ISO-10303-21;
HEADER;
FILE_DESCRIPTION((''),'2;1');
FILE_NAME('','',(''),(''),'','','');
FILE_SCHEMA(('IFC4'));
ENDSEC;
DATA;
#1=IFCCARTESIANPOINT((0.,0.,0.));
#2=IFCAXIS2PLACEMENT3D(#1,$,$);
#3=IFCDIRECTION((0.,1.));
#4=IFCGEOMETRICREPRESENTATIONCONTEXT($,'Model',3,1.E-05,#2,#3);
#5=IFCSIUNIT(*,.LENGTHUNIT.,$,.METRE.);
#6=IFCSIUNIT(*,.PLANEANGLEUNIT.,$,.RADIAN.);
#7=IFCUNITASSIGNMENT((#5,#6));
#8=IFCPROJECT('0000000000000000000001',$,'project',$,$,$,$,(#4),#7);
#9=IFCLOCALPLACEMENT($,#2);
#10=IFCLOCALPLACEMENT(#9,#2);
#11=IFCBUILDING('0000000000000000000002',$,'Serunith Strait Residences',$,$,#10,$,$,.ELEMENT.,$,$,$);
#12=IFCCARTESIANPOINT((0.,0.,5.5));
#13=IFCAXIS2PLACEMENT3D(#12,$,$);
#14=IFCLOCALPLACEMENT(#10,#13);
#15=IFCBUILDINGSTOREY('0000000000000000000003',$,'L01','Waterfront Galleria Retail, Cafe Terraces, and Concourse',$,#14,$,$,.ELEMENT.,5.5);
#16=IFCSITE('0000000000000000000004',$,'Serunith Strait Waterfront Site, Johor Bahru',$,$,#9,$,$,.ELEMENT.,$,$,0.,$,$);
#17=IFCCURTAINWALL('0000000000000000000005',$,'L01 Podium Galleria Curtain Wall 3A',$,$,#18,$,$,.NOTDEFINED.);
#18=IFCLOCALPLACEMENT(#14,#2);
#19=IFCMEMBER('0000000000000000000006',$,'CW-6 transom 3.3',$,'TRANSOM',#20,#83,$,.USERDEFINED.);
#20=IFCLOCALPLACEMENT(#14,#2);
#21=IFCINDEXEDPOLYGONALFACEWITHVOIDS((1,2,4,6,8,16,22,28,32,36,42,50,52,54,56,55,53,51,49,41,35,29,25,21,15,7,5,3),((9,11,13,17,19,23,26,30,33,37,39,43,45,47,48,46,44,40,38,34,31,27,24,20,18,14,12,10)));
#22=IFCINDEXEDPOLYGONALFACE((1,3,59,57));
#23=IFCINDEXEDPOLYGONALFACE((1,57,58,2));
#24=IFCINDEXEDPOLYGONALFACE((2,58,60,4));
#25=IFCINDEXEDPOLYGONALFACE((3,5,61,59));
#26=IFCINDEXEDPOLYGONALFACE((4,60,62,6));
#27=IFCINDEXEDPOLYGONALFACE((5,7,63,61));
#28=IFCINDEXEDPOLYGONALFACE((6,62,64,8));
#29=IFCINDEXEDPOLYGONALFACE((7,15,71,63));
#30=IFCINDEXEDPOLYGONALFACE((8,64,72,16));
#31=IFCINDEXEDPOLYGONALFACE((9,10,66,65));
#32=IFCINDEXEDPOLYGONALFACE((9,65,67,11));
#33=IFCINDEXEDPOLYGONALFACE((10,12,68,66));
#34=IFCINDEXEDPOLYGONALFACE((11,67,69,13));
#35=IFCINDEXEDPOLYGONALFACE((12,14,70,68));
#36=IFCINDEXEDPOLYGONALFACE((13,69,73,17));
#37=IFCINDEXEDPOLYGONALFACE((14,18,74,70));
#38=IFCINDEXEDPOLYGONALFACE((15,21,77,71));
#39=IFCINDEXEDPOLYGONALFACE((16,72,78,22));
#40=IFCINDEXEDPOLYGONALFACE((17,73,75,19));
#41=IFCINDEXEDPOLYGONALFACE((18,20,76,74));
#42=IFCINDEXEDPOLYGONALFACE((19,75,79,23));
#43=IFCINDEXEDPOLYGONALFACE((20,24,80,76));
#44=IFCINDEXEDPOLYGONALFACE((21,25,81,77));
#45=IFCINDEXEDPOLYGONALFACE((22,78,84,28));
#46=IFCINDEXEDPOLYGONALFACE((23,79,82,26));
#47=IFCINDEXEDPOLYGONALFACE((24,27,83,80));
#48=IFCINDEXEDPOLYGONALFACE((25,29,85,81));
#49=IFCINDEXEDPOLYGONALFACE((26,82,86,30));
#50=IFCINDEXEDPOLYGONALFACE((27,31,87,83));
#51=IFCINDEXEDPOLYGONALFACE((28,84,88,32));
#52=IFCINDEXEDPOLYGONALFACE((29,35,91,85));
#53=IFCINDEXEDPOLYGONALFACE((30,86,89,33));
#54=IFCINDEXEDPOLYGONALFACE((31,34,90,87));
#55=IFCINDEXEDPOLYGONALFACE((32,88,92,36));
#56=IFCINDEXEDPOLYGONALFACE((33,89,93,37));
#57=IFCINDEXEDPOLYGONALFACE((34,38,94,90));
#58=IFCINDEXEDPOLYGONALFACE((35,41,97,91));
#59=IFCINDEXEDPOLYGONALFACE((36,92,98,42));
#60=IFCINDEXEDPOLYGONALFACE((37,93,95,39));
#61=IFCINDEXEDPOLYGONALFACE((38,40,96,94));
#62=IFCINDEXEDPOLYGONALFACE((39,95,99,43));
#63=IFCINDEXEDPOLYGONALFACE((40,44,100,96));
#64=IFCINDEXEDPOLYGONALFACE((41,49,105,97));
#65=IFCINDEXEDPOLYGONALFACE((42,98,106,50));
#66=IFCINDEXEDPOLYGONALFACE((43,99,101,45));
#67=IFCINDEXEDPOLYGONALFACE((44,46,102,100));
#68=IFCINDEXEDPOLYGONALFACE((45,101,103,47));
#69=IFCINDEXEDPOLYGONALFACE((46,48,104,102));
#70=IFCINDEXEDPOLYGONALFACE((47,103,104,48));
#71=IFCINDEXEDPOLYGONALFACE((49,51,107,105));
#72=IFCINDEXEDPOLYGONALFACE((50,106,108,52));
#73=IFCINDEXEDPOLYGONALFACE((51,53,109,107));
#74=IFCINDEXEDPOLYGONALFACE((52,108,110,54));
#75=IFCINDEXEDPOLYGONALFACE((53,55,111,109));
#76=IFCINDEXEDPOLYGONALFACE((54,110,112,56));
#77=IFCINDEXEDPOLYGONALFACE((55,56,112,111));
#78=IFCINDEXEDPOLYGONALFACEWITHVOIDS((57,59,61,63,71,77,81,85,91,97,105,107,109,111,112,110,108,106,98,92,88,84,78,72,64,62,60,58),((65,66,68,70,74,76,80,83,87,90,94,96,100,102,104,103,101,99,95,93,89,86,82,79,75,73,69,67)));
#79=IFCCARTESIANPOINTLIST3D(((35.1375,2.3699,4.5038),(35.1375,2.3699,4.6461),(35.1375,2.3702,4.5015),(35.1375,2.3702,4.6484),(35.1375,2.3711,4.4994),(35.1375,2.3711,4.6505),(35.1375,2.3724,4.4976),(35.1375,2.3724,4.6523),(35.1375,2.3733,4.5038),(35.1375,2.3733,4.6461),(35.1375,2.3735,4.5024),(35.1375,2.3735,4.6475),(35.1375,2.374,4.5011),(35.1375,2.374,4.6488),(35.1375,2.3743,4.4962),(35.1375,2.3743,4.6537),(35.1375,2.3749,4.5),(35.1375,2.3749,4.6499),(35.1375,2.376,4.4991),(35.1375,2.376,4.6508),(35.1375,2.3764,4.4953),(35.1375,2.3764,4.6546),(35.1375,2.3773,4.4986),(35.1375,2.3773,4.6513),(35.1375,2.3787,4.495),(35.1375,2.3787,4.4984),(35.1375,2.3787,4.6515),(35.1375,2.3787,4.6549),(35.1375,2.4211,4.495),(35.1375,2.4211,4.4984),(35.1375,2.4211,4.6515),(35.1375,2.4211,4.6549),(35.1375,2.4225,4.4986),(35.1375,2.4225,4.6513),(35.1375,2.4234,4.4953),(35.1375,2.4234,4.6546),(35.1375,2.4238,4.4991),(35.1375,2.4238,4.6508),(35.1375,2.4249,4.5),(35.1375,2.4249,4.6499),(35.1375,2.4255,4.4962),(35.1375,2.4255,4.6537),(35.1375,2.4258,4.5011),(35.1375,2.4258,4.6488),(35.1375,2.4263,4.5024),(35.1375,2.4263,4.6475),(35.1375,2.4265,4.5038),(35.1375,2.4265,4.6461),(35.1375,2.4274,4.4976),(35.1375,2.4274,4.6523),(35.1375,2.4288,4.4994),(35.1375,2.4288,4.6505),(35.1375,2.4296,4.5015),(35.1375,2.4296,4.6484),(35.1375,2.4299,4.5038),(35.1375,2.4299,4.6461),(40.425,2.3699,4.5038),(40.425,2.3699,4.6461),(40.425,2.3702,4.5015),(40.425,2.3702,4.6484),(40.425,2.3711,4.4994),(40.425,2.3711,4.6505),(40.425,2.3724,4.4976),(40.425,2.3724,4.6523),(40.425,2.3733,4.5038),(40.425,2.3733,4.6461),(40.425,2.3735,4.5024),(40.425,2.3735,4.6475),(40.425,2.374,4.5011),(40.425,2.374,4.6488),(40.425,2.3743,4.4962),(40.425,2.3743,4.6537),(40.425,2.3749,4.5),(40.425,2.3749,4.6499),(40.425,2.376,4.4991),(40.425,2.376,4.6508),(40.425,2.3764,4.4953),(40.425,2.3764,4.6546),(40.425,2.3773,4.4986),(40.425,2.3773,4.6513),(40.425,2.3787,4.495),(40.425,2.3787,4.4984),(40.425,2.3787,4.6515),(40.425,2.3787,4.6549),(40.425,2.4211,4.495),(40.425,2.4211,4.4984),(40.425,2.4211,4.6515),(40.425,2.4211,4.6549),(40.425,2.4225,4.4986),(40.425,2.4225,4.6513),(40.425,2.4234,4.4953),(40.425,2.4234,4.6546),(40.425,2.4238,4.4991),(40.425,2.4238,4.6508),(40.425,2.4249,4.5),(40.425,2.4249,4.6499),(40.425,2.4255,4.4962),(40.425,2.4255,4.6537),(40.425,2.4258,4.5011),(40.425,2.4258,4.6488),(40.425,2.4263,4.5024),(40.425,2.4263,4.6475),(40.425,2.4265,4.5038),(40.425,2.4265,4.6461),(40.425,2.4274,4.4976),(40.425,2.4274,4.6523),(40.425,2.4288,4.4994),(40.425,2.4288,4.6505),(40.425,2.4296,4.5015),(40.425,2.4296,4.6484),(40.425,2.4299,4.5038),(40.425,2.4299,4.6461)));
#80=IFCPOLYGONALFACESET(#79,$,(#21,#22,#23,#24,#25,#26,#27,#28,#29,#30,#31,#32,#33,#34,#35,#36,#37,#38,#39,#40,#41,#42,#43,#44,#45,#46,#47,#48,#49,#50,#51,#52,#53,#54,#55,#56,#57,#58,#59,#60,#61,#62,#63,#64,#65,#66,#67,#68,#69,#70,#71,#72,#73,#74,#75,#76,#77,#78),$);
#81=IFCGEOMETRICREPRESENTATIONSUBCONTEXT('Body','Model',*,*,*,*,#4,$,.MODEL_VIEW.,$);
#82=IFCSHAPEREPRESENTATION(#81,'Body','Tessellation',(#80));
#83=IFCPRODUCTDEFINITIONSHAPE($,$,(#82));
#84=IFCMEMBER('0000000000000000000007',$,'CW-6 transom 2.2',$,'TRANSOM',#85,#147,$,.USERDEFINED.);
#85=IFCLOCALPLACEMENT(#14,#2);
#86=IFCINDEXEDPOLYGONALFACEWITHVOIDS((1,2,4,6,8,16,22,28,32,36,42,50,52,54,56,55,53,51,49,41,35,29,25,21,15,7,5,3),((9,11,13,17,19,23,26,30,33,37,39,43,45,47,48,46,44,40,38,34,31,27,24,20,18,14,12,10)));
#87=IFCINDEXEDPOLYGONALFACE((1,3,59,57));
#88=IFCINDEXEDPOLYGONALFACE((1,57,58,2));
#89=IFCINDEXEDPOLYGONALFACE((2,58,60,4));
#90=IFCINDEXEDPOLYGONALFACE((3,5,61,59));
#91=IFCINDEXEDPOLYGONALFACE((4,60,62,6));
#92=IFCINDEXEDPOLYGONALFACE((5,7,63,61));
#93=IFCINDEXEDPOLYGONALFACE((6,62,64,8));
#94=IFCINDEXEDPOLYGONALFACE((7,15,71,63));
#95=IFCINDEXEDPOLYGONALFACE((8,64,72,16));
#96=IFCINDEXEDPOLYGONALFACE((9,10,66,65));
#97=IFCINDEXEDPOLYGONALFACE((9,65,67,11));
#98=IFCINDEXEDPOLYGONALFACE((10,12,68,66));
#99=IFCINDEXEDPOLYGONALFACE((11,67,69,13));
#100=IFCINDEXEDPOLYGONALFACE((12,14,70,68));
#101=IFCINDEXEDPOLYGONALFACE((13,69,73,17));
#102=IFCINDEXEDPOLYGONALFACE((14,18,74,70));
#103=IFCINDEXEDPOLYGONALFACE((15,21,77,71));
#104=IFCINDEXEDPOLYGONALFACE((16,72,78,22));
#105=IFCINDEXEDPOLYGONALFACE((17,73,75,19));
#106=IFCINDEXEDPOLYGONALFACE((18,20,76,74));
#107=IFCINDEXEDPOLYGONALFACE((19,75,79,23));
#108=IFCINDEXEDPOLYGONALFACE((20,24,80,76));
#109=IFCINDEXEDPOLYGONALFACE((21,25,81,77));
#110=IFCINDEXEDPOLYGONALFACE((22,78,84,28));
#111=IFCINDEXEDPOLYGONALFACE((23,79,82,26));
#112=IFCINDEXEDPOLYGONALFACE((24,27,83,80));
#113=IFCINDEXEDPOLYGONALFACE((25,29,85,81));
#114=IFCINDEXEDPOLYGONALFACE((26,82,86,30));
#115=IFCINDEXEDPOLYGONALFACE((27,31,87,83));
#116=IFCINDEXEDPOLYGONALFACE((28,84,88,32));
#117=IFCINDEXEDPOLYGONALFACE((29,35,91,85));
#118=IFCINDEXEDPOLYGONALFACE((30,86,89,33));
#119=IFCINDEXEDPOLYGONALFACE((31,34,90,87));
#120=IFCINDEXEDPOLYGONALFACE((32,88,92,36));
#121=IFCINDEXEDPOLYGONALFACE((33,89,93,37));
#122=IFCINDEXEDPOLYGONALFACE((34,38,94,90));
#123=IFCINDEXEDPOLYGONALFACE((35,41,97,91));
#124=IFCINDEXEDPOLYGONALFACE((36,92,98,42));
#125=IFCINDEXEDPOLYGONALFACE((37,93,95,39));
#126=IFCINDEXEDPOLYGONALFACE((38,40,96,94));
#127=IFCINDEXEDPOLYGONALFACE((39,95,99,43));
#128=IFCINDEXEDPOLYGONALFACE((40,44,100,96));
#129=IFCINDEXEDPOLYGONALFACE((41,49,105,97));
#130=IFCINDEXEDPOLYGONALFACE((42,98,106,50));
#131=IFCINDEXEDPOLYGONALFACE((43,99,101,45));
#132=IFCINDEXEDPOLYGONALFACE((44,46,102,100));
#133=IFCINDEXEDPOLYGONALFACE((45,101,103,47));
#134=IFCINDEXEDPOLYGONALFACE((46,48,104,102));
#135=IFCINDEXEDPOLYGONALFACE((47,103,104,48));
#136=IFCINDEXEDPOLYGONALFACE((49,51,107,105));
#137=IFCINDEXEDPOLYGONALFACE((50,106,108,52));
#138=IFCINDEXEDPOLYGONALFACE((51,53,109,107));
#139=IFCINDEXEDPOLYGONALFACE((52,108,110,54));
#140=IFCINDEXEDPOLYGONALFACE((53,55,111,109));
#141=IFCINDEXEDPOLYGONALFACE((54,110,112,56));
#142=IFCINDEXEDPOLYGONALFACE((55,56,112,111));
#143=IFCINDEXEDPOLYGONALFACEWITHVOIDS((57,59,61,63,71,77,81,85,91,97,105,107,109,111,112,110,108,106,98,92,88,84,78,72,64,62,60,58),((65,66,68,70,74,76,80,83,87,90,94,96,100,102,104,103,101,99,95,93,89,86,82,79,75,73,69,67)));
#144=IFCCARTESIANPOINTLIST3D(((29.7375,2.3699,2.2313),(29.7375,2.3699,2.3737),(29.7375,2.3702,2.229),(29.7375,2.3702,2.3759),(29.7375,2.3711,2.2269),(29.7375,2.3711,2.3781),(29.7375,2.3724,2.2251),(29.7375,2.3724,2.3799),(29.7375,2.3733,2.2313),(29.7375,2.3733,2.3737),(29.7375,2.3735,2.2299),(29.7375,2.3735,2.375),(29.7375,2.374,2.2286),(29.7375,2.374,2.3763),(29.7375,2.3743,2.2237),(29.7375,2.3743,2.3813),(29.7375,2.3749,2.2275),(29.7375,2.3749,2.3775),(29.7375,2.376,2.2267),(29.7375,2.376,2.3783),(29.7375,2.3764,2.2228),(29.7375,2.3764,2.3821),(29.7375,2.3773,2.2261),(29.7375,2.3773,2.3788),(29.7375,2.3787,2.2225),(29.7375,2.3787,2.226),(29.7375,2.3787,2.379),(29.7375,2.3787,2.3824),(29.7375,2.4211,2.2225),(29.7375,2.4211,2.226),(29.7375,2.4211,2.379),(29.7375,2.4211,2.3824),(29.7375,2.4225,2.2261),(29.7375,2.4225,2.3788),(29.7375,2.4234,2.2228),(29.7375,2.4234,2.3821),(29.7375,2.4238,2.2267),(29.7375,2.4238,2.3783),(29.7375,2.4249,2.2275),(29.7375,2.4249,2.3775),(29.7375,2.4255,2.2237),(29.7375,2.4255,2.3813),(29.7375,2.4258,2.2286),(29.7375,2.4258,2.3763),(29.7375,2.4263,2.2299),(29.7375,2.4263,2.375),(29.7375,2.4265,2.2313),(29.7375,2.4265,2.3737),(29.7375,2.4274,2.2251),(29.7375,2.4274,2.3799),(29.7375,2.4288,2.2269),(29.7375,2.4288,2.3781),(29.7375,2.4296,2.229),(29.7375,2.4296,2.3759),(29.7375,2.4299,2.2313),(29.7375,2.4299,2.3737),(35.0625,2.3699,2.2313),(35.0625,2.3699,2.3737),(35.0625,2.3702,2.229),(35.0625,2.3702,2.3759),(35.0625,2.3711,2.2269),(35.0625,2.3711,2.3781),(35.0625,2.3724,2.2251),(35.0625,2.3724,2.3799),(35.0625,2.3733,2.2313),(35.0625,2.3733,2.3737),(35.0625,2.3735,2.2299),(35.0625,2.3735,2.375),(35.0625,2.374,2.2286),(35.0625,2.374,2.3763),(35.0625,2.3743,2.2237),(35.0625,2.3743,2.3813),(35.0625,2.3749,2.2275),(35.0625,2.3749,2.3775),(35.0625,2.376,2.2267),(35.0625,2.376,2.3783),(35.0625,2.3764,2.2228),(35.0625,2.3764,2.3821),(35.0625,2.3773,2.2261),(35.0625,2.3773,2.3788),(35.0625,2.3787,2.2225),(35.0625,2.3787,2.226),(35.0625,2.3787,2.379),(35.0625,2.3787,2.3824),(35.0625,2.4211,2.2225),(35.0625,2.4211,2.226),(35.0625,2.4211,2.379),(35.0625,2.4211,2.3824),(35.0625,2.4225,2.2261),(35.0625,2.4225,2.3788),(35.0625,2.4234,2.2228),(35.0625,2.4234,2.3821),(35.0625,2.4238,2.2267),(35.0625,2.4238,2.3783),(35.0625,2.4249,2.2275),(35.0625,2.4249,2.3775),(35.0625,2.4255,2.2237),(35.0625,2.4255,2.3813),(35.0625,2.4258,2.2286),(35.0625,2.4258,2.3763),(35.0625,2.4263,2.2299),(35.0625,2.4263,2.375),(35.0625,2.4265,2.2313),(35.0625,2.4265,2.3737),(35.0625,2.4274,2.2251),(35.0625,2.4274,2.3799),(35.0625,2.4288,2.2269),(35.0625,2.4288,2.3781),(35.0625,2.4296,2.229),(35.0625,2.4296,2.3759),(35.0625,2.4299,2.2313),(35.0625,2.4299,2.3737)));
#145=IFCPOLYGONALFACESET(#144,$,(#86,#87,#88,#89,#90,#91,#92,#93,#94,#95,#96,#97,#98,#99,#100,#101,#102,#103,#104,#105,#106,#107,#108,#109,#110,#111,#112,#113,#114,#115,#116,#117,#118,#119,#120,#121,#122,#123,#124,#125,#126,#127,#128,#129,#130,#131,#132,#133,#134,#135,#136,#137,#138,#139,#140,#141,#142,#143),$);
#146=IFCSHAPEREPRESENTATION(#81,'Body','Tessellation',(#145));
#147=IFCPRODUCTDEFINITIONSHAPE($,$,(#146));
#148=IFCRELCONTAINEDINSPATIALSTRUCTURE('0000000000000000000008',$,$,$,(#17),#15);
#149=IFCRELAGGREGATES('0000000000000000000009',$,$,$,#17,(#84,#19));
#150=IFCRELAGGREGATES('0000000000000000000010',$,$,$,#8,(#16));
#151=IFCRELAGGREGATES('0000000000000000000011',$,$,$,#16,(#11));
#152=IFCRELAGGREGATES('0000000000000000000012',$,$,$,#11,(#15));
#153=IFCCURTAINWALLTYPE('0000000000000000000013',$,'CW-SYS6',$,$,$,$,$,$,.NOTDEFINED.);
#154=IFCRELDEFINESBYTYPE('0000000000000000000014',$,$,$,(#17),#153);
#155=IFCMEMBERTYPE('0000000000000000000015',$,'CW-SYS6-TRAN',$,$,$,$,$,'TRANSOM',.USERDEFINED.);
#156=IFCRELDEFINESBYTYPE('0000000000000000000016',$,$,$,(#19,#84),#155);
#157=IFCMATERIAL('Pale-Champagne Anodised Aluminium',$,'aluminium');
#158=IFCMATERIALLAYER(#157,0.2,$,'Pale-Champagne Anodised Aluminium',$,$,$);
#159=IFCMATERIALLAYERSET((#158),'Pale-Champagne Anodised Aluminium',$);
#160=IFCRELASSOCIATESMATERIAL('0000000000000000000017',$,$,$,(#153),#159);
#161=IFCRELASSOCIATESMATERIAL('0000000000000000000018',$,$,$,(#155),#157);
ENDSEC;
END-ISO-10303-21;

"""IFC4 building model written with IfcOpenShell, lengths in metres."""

from ifc_helpers import new_model, si_unit, direction, frame, origin, origin_2d, place, context, subcontext, project, spatial, hollow_rectangle, extrude, source, transform, mapped, material, layer, layer_set, material_profile, profile_set, type_object, element, aggregate, save


model = new_model("IFC4")

# Units and contexts
model_context = context("Model", 3, precision=1e-05, world=origin(), true_north=direction((0.0, 1.0)))
body_context = subcontext(model_context, "Body", "Model", "MODEL_VIEW")
ifc_project = project(units=[si_unit("LENGTHUNIT", "METRE"), si_unit("PLANEANGLEUNIT", "RADIAN")], contexts=[model_context])

# Site, building, storey
site_placement = place(None, origin())
site = spatial("IfcSite", under=ifc_project, at=site_placement, Name="Serunith Strait Waterfront Site, Johor Bahru", CompositionType="ELEMENT", RefElevation=0.0)
building_placement = place(site_placement, origin())
building = spatial("IfcBuilding", under=site, at=building_placement, Name="Serunith Strait Residences", CompositionType="ELEMENT")
storey_placement = place(building_placement, frame((0.0, 0.0, 5.5)))
storey = spatial("IfcBuildingStorey", under=building, at=storey_placement, Name="L01", Description="Waterfront Galleria Retail, Cafe Terraces, and Concourse", CompositionType="ELEMENT", Elevation=5.5)

# Curtain wall, members
ifc_material_1 = material(Name="Pale-Champagne Anodised Aluminium", Category="aluminium")
ifc_layer_1 = layer(ifc_material_1, 0.2, Name="Pale-Champagne Anodised Aluminium")
ifc_layer_set_1 = layer_set([ifc_layer_1], Name="Pale-Champagne Anodised Aluminium")
curtain_wall_type = type_object("IfcCurtainWallType", Name="CW-SYS6", PredefinedType="NOTDEFINED", material=ifc_layer_set_1)
curtain_wall_placement = place(storey_placement, origin())
curtain_wall = element("IfcCurtainWall", 1, at=curtain_wall_placement, inside=storey, type_object=curtain_wall_type, Name="L01 Podium Galleria Curtain Wall 3A", PredefinedType="NOTDEFINED")
ifc_material_profile_1 = material_profile(ifc_material_1, hollow_rectangle(XDim=0.0601, YDim=0.1599, WallThickness=0.0034, InnerFilletRadius=0.0054, OuterFilletRadius=0.0088, at=origin_2d()), Name="ALU 160x60x3.5")
ifc_profile_set_1 = profile_set([ifc_material_profile_1], Name="Pale-Champagne Anodised Aluminium")
member_type_1 = type_object("IfcMemberType", Name="CW-SYS6-TRAN", ElementType="TRANSOM", PredefinedType="USERDEFINED", material=ifc_profile_set_1)
shared_shape_1 = source(origin(), body_context, "Body", "SweptSolid", [
    extrude(hollow_rectangle(XDim=0.0601, YDim=0.1599, WallThickness=0.0034, InnerFilletRadius=0.0054, OuterFilletRadius=0.0088, at=origin_2d()), origin(), (0.0, 0.0, 1.0), 5.2876),
])
member_1_placement = place(storey_placement, frame((35.1375, 2.3999, 4.575), z_axis=(1.0, 0.0, 0.0), x_axis=(0.0, 1.0, 0.0)))
member_1 = element("IfcMember", 2, at=member_1_placement, type_object=member_type_1, Name="CW-6 transom 3.3", ObjectType="TRANSOM", PredefinedType="USERDEFINED", context=body_context, shape_type="MappedRepresentation", body=[
    mapped(shared_shape_1, transform((0.0, 0.0, 0.0), scale=1.0)),
])
shared_shape_2 = source(origin(), body_context, "Body", "SweptSolid", [
    extrude(hollow_rectangle(XDim=0.0601, YDim=0.1599, WallThickness=0.0034, InnerFilletRadius=0.0054, OuterFilletRadius=0.0088, at=origin_2d()), origin(), (0.0, 0.0, 1.0), 5.325),
])
member_2_placement = place(storey_placement, frame((29.7375, 2.3999, 2.3025), z_axis=(1.0, 0.0, 0.0), x_axis=(0.0, 1.0, 0.0)))
member_2 = element("IfcMember", 3, at=member_2_placement, type_object=member_type_1, Name="CW-6 transom 2.2", ObjectType="TRANSOM", PredefinedType="USERDEFINED", context=body_context, shape_type="MappedRepresentation", body=[
    mapped(shared_shape_2, transform((0.0, 0.0, 0.0), scale=1.0)),
])
aggregate(curtain_wall, [member_2, member_1])

save(model, "model.ifc")
